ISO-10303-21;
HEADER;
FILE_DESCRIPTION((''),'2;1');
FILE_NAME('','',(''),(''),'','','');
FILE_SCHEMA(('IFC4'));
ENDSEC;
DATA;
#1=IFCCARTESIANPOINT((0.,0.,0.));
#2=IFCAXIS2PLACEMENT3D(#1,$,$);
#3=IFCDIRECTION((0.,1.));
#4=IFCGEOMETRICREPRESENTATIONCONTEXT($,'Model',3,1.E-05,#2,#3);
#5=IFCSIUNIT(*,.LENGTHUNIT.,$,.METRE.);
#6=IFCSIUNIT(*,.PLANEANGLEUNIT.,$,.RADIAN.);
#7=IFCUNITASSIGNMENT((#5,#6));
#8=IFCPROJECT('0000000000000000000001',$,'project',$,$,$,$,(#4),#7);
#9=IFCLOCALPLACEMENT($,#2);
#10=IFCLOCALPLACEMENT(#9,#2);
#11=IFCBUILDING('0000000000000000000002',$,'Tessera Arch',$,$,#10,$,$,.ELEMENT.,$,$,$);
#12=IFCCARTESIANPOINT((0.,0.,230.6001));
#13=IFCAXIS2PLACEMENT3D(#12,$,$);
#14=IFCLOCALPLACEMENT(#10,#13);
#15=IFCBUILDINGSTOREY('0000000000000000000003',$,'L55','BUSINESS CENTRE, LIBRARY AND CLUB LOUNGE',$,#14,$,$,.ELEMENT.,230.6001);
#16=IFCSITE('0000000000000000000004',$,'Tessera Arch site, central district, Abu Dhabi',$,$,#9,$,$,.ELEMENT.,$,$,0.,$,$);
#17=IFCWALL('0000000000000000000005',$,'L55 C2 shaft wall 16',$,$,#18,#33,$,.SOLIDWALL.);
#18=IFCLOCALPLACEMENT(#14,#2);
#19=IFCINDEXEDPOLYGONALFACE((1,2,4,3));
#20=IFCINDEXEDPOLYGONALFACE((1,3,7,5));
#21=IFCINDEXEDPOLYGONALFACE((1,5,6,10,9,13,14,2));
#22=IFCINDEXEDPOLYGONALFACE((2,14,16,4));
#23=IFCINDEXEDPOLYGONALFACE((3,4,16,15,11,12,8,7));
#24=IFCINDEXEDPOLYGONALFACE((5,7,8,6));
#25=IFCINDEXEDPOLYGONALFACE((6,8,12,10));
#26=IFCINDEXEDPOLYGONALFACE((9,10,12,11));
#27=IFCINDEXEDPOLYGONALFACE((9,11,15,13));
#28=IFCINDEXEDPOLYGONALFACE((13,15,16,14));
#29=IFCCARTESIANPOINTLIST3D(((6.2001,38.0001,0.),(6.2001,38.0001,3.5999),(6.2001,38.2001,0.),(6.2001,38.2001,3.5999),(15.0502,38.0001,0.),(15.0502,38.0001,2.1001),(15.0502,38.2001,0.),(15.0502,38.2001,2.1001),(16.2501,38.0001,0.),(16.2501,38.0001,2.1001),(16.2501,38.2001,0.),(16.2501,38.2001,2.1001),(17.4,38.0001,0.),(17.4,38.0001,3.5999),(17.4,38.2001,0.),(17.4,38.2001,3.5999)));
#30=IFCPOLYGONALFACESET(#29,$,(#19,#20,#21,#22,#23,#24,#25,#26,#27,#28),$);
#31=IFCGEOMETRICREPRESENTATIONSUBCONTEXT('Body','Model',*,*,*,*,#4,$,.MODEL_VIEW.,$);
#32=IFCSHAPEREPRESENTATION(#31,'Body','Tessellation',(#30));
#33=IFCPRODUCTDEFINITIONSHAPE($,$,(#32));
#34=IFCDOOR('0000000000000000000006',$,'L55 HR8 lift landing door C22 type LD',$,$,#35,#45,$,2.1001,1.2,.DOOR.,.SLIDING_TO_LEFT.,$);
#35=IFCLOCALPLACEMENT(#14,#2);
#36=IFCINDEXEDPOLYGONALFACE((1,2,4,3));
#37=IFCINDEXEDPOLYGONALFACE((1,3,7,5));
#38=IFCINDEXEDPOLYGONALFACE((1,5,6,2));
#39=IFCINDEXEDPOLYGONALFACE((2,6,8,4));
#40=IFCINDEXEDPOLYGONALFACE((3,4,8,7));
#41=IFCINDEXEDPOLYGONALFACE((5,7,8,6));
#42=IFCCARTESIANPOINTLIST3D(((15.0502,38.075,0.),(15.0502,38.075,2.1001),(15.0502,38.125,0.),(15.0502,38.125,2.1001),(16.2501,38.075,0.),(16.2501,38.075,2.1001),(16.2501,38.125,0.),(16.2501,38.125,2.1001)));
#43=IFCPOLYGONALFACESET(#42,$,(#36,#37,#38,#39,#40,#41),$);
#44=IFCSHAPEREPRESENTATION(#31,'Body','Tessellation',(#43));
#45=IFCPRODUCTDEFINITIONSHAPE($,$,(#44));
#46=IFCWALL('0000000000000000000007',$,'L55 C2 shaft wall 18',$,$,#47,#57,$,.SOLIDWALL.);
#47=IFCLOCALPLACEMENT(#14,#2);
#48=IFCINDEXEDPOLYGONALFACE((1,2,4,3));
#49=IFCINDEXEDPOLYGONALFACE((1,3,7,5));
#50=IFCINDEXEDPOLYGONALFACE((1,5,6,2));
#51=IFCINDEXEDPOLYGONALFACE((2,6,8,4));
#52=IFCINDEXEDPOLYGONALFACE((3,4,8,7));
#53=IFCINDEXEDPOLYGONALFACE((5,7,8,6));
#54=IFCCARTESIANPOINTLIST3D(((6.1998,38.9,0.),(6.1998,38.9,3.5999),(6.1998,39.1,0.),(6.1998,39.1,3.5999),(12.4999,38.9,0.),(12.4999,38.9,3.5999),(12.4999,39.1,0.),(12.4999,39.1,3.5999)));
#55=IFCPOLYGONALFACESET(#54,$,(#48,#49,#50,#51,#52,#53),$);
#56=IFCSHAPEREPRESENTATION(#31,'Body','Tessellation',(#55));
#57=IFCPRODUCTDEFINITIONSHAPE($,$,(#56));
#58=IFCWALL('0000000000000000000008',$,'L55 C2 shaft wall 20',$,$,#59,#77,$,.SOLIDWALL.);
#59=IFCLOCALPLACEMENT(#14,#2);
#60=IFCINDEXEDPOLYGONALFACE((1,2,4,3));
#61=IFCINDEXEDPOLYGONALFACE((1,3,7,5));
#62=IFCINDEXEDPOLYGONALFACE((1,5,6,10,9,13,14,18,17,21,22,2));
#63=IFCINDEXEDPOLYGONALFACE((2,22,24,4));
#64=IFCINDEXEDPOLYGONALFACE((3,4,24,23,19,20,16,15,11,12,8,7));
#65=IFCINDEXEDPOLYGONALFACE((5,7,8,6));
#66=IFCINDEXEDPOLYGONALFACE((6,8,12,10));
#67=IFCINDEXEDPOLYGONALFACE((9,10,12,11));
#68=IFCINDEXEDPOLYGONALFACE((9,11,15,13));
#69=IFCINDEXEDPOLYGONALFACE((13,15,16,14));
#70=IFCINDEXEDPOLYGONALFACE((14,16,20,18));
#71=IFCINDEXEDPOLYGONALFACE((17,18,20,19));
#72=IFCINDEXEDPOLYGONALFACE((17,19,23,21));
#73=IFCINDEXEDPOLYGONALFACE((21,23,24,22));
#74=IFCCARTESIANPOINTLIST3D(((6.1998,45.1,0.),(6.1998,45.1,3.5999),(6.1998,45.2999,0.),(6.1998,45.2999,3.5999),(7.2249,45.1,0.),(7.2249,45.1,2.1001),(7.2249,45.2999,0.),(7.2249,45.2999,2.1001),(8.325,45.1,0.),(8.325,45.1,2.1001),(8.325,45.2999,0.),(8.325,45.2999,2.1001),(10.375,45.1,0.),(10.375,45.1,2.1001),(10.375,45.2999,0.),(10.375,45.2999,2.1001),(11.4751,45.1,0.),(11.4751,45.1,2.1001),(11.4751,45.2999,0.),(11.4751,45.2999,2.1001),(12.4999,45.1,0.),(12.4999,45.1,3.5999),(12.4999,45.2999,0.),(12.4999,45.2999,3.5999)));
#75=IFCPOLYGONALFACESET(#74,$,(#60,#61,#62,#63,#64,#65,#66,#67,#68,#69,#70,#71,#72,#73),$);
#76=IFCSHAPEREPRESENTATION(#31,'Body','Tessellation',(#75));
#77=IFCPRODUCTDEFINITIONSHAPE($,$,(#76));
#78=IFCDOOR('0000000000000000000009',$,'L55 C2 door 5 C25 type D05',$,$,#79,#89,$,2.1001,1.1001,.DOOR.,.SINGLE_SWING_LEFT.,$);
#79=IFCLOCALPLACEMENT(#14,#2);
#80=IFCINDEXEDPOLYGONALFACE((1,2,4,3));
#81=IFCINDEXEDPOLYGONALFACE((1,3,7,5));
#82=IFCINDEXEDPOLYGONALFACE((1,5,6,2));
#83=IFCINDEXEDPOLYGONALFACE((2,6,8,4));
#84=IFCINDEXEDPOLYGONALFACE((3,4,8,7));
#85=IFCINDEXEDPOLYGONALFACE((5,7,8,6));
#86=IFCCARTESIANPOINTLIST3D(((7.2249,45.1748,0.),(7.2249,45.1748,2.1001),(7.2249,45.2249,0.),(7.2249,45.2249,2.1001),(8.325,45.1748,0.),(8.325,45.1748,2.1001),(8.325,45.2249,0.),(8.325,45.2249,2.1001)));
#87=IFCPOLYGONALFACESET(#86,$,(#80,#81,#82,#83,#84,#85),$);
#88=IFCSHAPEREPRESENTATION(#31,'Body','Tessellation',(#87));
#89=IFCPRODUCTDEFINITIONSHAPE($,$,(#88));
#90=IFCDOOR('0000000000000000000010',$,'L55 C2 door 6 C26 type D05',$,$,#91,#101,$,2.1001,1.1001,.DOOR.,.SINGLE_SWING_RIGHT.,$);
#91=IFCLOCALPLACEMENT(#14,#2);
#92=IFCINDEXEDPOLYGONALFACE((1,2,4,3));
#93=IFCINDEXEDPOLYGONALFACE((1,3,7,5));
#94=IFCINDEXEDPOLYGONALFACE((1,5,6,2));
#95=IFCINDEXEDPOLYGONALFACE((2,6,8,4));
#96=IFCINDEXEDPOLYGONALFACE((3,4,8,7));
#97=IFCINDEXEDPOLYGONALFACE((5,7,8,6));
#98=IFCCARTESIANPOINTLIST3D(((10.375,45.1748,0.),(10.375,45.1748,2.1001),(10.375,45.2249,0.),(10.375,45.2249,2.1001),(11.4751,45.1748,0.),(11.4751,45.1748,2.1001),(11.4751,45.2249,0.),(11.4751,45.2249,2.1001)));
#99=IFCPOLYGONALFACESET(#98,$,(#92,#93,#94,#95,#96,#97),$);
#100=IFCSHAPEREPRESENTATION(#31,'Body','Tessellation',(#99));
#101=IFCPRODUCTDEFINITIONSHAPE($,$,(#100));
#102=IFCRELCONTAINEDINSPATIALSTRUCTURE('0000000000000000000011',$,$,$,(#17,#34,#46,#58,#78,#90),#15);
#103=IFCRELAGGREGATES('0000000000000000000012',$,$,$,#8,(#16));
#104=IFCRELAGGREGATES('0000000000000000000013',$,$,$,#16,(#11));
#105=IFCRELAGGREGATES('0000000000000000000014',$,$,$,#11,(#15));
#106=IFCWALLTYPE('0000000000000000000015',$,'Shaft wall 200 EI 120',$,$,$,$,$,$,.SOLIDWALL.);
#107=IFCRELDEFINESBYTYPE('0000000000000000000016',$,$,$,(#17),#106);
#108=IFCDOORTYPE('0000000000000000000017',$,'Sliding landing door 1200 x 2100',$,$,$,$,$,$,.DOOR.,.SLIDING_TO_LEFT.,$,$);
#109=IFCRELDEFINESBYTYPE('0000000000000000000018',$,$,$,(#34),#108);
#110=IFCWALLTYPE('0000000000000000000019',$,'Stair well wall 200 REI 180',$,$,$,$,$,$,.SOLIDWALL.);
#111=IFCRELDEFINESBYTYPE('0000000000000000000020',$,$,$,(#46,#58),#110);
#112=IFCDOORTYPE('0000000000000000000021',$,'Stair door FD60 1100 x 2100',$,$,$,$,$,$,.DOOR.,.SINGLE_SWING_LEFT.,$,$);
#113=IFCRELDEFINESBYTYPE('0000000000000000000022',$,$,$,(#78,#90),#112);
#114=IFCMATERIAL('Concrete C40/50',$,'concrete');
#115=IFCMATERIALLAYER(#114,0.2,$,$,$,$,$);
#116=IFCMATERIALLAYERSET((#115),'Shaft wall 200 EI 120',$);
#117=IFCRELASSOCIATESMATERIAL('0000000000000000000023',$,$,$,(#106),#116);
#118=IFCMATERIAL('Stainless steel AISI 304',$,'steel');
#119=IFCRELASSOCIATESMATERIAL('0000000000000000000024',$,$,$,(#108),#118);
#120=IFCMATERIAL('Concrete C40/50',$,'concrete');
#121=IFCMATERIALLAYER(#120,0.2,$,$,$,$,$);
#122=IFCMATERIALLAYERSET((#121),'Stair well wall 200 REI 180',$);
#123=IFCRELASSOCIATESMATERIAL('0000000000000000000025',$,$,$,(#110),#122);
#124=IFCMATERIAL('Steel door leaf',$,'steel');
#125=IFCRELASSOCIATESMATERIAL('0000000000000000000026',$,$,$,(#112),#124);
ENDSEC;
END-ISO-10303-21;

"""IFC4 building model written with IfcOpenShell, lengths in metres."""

from ifc_helpers import new_model, si_unit, direction, frame, frame_2d, origin, place, context, subcontext, project, spatial, rectangle, extrude, material, layer, layer_set, type_object, element, fill, save


model = new_model("IFC4")

# Units and contexts
model_context = context("Model", 3, precision=1e-05, world=origin(), true_north=direction((0.0, 1.0)))
body_context = subcontext(model_context, "Body", "Model", "MODEL_VIEW")
ifc_project = project(units=[si_unit("LENGTHUNIT", "METRE"), si_unit("PLANEANGLEUNIT", "RADIAN")], contexts=[model_context])

# Site, building, storey
site_placement = place(None, origin())
site = spatial("IfcSite", under=ifc_project, at=site_placement, Name="Tessera Arch site, central district, Abu Dhabi", CompositionType="ELEMENT", RefElevation=0.0)
building_placement = place(site_placement, origin())
building = spatial("IfcBuilding", under=site, at=building_placement, Name="Tessera Arch", CompositionType="ELEMENT")
storey_placement = place(building_placement, frame((0.0, 0.0, 230.6001)))
storey = spatial("IfcBuildingStorey", under=building, at=storey_placement, Name="L55", Description="BUSINESS CENTRE, LIBRARY AND CLUB LOUNGE", CompositionType="ELEMENT", Elevation=230.6001)

# Wall, opening, door
ifc_material_1 = material(Name="Concrete C40/50", Category="concrete")
ifc_layer_1 = layer(ifc_material_1, 0.2)
ifc_layer_set_1 = layer_set([ifc_layer_1], Name="Shaft wall 200 EI 120")
wall_type_1 = type_object("IfcWallType", Name="Shaft wall 200 EI 120", PredefinedType="SOLIDWALL", material=ifc_layer_set_1)
wall_1_placement = place(storey_placement, frame((6.2, 38.1001, 0.0), z_axis=(0.0, 0.0, 1.0), x_axis=(1.0, 0.0, 0.0)))
wall_1 = element("IfcWall", 1, at=wall_1_placement, inside=storey, type_object=wall_type_1, Name="L55 C2 shaft wall 16", PredefinedType="SOLIDWALL", context=body_context, shape_type="SweptSolid", body=[
    extrude(rectangle(XDim=11.2, YDim=0.2, at=frame_2d((5.6001, 0.0))), origin(), (0.0, 0.0, 1.0), 3.5999),
])
opening_1_placement = place(wall_1_placement, frame((8.8501, 0.0, 0.0)))
opening_1 = element("IfcOpeningElement", 2, at=opening_1_placement, cuts=wall_1, PredefinedType="OPENING", context=body_context, shape_type="SweptSolid", body=[
    extrude(rectangle(XDim=1.2, YDim=2.1001, at=frame_2d((0.6001, 1.05))), frame((0.0, 0.1099, 0.0), z_axis=(0.0, -1.0, 0.0), x_axis=(1.0, 0.0, 0.0)), (0.0, 0.0, 1.0), 0.22),
])
ifc_material_2 = material(Name="Stainless steel AISI 304", Category="steel")
door_type_1 = type_object("IfcDoorType", Name="Sliding landing door 1200 x 2100", OperationType="SLIDING_TO_LEFT", PredefinedType="DOOR", material=ifc_material_2)
door_1_placement = place(opening_1_placement, origin())
door_1 = element("IfcDoor", 3, at=door_1_placement, inside=storey, type_object=door_type_1, Name="L55 HR8 lift landing door C22 type LD", OperationType="SLIDING_TO_LEFT", OverallHeight=2.1001, OverallWidth=1.2, PredefinedType="DOOR", context=body_context, shape_type="SweptSolid", body=[
    extrude(rectangle(XDim=1.2, YDim=2.1001, at=frame_2d((0.6001, 1.05))), frame((0.0, 0.0249, 0.0), z_axis=(0.0, -1.0, 0.0), x_axis=(1.0, 0.0, 0.0)), (0.0, 0.0, 1.0), 0.05),
])
fill(opening_1, door_1)

# Wall
ifc_material_3 = material(Name="Concrete C40/50", Category="concrete")
ifc_layer_2 = layer(ifc_material_3, 0.2)
ifc_layer_set_2 = layer_set([ifc_layer_2], Name="Stair well wall 200 REI 180")
wall_type_2 = type_object("IfcWallType", Name="Stair well wall 200 REI 180", PredefinedType="SOLIDWALL", material=ifc_layer_set_2)
wall_2_placement = place(storey_placement, frame((6.2, 39.0, 0.0), z_axis=(0.0, 0.0, 1.0), x_axis=(1.0, 0.0, 0.0)))
element("IfcWall", 4, at=wall_2_placement, inside=storey, type_object=wall_type_2, Name="L55 C2 shaft wall 18", PredefinedType="SOLIDWALL", context=body_context, shape_type="SweptSolid", body=[
    extrude(rectangle(XDim=6.3, YDim=0.2, at=frame_2d((3.1499, 0.0))), origin(), (0.0, 0.0, 1.0), 3.5999),
])

# Wall, openings, doors
wall_3_placement = place(storey_placement, frame((6.2, 45.2, 0.0), z_axis=(0.0, 0.0, 1.0), x_axis=(1.0, 0.0, 0.0)))
wall_3 = element("IfcWall", 5, at=wall_3_placement, inside=storey, type_object=wall_type_2, Name="L55 C2 shaft wall 20", PredefinedType="SOLIDWALL", context=body_context, shape_type="SweptSolid", body=[
    extrude(rectangle(XDim=6.3, YDim=0.2, at=frame_2d((3.1499, 0.0))), origin(), (0.0, 0.0, 1.0), 3.5999),
])
opening_2_placement = place(wall_3_placement, frame((1.0249, 0.0, 0.0)))
opening_2 = element("IfcOpeningElement", 6, at=opening_2_placement, cuts=wall_3, PredefinedType="OPENING", context=body_context, shape_type="SweptSolid", body=[
    extrude(rectangle(XDim=1.1001, YDim=2.1001, at=frame_2d((0.55, 1.05))), frame((0.0, 0.1099, 0.0), z_axis=(0.0, -1.0, 0.0), x_axis=(1.0, 0.0, 0.0)), (0.0, 0.0, 1.0), 0.22),
])
opening_3_placement = place(wall_3_placement, frame((4.175, 0.0, 0.0)))
opening_3 = element("IfcOpeningElement", 7, at=opening_3_placement, cuts=wall_3, PredefinedType="OPENING", context=body_context, shape_type="SweptSolid", body=[
    extrude(rectangle(XDim=1.1001, YDim=2.1001, at=frame_2d((0.55, 1.05))), frame((0.0, 0.1099, 0.0), z_axis=(0.0, -1.0, 0.0), x_axis=(1.0, 0.0, 0.0)), (0.0, 0.0, 1.0), 0.22),
])
ifc_material_4 = material(Name="Steel door leaf", Category="steel")
door_type_2 = type_object("IfcDoorType", Name="Stair door FD60 1100 x 2100", OperationType="SINGLE_SWING_LEFT", PredefinedType="DOOR", material=ifc_material_4)
door_2_placement = place(opening_2_placement, origin())
door_2 = element("IfcDoor", 8, at=door_2_placement, inside=storey, type_object=door_type_2, Name="L55 C2 door 5 C25 type D05", OperationType="SINGLE_SWING_LEFT", OverallHeight=2.1001, OverallWidth=1.1001, PredefinedType="DOOR", context=body_context, shape_type="SweptSolid", body=[
    extrude(rectangle(XDim=1.1001, YDim=2.1001, at=frame_2d((0.55, 1.05))), frame((0.0, 0.0249, 0.0), z_axis=(0.0, -1.0, 0.0), x_axis=(1.0, 0.0, 0.0)), (0.0, 0.0, 1.0), 0.05),
])
fill(opening_2, door_2)
door_3_placement = place(opening_3_placement, origin())
door_3 = element("IfcDoor", 9, at=door_3_placement, inside=storey, type_object=door_type_2, Name="L55 C2 door 6 C26 type D05", OperationType="SINGLE_SWING_RIGHT", OverallHeight=2.1001, OverallWidth=1.1001, PredefinedType="DOOR", context=body_context, shape_type="SweptSolid", body=[
    extrude(rectangle(XDim=1.1001, YDim=2.1001, at=frame_2d((0.55, 1.05))), frame((0.0, 0.0249, 0.0), z_axis=(0.0, -1.0, 0.0), x_axis=(1.0, 0.0, 0.0)), (0.0, 0.0, 1.0), 0.05),
])
fill(opening_3, door_3)

save(model, "model.ifc")
